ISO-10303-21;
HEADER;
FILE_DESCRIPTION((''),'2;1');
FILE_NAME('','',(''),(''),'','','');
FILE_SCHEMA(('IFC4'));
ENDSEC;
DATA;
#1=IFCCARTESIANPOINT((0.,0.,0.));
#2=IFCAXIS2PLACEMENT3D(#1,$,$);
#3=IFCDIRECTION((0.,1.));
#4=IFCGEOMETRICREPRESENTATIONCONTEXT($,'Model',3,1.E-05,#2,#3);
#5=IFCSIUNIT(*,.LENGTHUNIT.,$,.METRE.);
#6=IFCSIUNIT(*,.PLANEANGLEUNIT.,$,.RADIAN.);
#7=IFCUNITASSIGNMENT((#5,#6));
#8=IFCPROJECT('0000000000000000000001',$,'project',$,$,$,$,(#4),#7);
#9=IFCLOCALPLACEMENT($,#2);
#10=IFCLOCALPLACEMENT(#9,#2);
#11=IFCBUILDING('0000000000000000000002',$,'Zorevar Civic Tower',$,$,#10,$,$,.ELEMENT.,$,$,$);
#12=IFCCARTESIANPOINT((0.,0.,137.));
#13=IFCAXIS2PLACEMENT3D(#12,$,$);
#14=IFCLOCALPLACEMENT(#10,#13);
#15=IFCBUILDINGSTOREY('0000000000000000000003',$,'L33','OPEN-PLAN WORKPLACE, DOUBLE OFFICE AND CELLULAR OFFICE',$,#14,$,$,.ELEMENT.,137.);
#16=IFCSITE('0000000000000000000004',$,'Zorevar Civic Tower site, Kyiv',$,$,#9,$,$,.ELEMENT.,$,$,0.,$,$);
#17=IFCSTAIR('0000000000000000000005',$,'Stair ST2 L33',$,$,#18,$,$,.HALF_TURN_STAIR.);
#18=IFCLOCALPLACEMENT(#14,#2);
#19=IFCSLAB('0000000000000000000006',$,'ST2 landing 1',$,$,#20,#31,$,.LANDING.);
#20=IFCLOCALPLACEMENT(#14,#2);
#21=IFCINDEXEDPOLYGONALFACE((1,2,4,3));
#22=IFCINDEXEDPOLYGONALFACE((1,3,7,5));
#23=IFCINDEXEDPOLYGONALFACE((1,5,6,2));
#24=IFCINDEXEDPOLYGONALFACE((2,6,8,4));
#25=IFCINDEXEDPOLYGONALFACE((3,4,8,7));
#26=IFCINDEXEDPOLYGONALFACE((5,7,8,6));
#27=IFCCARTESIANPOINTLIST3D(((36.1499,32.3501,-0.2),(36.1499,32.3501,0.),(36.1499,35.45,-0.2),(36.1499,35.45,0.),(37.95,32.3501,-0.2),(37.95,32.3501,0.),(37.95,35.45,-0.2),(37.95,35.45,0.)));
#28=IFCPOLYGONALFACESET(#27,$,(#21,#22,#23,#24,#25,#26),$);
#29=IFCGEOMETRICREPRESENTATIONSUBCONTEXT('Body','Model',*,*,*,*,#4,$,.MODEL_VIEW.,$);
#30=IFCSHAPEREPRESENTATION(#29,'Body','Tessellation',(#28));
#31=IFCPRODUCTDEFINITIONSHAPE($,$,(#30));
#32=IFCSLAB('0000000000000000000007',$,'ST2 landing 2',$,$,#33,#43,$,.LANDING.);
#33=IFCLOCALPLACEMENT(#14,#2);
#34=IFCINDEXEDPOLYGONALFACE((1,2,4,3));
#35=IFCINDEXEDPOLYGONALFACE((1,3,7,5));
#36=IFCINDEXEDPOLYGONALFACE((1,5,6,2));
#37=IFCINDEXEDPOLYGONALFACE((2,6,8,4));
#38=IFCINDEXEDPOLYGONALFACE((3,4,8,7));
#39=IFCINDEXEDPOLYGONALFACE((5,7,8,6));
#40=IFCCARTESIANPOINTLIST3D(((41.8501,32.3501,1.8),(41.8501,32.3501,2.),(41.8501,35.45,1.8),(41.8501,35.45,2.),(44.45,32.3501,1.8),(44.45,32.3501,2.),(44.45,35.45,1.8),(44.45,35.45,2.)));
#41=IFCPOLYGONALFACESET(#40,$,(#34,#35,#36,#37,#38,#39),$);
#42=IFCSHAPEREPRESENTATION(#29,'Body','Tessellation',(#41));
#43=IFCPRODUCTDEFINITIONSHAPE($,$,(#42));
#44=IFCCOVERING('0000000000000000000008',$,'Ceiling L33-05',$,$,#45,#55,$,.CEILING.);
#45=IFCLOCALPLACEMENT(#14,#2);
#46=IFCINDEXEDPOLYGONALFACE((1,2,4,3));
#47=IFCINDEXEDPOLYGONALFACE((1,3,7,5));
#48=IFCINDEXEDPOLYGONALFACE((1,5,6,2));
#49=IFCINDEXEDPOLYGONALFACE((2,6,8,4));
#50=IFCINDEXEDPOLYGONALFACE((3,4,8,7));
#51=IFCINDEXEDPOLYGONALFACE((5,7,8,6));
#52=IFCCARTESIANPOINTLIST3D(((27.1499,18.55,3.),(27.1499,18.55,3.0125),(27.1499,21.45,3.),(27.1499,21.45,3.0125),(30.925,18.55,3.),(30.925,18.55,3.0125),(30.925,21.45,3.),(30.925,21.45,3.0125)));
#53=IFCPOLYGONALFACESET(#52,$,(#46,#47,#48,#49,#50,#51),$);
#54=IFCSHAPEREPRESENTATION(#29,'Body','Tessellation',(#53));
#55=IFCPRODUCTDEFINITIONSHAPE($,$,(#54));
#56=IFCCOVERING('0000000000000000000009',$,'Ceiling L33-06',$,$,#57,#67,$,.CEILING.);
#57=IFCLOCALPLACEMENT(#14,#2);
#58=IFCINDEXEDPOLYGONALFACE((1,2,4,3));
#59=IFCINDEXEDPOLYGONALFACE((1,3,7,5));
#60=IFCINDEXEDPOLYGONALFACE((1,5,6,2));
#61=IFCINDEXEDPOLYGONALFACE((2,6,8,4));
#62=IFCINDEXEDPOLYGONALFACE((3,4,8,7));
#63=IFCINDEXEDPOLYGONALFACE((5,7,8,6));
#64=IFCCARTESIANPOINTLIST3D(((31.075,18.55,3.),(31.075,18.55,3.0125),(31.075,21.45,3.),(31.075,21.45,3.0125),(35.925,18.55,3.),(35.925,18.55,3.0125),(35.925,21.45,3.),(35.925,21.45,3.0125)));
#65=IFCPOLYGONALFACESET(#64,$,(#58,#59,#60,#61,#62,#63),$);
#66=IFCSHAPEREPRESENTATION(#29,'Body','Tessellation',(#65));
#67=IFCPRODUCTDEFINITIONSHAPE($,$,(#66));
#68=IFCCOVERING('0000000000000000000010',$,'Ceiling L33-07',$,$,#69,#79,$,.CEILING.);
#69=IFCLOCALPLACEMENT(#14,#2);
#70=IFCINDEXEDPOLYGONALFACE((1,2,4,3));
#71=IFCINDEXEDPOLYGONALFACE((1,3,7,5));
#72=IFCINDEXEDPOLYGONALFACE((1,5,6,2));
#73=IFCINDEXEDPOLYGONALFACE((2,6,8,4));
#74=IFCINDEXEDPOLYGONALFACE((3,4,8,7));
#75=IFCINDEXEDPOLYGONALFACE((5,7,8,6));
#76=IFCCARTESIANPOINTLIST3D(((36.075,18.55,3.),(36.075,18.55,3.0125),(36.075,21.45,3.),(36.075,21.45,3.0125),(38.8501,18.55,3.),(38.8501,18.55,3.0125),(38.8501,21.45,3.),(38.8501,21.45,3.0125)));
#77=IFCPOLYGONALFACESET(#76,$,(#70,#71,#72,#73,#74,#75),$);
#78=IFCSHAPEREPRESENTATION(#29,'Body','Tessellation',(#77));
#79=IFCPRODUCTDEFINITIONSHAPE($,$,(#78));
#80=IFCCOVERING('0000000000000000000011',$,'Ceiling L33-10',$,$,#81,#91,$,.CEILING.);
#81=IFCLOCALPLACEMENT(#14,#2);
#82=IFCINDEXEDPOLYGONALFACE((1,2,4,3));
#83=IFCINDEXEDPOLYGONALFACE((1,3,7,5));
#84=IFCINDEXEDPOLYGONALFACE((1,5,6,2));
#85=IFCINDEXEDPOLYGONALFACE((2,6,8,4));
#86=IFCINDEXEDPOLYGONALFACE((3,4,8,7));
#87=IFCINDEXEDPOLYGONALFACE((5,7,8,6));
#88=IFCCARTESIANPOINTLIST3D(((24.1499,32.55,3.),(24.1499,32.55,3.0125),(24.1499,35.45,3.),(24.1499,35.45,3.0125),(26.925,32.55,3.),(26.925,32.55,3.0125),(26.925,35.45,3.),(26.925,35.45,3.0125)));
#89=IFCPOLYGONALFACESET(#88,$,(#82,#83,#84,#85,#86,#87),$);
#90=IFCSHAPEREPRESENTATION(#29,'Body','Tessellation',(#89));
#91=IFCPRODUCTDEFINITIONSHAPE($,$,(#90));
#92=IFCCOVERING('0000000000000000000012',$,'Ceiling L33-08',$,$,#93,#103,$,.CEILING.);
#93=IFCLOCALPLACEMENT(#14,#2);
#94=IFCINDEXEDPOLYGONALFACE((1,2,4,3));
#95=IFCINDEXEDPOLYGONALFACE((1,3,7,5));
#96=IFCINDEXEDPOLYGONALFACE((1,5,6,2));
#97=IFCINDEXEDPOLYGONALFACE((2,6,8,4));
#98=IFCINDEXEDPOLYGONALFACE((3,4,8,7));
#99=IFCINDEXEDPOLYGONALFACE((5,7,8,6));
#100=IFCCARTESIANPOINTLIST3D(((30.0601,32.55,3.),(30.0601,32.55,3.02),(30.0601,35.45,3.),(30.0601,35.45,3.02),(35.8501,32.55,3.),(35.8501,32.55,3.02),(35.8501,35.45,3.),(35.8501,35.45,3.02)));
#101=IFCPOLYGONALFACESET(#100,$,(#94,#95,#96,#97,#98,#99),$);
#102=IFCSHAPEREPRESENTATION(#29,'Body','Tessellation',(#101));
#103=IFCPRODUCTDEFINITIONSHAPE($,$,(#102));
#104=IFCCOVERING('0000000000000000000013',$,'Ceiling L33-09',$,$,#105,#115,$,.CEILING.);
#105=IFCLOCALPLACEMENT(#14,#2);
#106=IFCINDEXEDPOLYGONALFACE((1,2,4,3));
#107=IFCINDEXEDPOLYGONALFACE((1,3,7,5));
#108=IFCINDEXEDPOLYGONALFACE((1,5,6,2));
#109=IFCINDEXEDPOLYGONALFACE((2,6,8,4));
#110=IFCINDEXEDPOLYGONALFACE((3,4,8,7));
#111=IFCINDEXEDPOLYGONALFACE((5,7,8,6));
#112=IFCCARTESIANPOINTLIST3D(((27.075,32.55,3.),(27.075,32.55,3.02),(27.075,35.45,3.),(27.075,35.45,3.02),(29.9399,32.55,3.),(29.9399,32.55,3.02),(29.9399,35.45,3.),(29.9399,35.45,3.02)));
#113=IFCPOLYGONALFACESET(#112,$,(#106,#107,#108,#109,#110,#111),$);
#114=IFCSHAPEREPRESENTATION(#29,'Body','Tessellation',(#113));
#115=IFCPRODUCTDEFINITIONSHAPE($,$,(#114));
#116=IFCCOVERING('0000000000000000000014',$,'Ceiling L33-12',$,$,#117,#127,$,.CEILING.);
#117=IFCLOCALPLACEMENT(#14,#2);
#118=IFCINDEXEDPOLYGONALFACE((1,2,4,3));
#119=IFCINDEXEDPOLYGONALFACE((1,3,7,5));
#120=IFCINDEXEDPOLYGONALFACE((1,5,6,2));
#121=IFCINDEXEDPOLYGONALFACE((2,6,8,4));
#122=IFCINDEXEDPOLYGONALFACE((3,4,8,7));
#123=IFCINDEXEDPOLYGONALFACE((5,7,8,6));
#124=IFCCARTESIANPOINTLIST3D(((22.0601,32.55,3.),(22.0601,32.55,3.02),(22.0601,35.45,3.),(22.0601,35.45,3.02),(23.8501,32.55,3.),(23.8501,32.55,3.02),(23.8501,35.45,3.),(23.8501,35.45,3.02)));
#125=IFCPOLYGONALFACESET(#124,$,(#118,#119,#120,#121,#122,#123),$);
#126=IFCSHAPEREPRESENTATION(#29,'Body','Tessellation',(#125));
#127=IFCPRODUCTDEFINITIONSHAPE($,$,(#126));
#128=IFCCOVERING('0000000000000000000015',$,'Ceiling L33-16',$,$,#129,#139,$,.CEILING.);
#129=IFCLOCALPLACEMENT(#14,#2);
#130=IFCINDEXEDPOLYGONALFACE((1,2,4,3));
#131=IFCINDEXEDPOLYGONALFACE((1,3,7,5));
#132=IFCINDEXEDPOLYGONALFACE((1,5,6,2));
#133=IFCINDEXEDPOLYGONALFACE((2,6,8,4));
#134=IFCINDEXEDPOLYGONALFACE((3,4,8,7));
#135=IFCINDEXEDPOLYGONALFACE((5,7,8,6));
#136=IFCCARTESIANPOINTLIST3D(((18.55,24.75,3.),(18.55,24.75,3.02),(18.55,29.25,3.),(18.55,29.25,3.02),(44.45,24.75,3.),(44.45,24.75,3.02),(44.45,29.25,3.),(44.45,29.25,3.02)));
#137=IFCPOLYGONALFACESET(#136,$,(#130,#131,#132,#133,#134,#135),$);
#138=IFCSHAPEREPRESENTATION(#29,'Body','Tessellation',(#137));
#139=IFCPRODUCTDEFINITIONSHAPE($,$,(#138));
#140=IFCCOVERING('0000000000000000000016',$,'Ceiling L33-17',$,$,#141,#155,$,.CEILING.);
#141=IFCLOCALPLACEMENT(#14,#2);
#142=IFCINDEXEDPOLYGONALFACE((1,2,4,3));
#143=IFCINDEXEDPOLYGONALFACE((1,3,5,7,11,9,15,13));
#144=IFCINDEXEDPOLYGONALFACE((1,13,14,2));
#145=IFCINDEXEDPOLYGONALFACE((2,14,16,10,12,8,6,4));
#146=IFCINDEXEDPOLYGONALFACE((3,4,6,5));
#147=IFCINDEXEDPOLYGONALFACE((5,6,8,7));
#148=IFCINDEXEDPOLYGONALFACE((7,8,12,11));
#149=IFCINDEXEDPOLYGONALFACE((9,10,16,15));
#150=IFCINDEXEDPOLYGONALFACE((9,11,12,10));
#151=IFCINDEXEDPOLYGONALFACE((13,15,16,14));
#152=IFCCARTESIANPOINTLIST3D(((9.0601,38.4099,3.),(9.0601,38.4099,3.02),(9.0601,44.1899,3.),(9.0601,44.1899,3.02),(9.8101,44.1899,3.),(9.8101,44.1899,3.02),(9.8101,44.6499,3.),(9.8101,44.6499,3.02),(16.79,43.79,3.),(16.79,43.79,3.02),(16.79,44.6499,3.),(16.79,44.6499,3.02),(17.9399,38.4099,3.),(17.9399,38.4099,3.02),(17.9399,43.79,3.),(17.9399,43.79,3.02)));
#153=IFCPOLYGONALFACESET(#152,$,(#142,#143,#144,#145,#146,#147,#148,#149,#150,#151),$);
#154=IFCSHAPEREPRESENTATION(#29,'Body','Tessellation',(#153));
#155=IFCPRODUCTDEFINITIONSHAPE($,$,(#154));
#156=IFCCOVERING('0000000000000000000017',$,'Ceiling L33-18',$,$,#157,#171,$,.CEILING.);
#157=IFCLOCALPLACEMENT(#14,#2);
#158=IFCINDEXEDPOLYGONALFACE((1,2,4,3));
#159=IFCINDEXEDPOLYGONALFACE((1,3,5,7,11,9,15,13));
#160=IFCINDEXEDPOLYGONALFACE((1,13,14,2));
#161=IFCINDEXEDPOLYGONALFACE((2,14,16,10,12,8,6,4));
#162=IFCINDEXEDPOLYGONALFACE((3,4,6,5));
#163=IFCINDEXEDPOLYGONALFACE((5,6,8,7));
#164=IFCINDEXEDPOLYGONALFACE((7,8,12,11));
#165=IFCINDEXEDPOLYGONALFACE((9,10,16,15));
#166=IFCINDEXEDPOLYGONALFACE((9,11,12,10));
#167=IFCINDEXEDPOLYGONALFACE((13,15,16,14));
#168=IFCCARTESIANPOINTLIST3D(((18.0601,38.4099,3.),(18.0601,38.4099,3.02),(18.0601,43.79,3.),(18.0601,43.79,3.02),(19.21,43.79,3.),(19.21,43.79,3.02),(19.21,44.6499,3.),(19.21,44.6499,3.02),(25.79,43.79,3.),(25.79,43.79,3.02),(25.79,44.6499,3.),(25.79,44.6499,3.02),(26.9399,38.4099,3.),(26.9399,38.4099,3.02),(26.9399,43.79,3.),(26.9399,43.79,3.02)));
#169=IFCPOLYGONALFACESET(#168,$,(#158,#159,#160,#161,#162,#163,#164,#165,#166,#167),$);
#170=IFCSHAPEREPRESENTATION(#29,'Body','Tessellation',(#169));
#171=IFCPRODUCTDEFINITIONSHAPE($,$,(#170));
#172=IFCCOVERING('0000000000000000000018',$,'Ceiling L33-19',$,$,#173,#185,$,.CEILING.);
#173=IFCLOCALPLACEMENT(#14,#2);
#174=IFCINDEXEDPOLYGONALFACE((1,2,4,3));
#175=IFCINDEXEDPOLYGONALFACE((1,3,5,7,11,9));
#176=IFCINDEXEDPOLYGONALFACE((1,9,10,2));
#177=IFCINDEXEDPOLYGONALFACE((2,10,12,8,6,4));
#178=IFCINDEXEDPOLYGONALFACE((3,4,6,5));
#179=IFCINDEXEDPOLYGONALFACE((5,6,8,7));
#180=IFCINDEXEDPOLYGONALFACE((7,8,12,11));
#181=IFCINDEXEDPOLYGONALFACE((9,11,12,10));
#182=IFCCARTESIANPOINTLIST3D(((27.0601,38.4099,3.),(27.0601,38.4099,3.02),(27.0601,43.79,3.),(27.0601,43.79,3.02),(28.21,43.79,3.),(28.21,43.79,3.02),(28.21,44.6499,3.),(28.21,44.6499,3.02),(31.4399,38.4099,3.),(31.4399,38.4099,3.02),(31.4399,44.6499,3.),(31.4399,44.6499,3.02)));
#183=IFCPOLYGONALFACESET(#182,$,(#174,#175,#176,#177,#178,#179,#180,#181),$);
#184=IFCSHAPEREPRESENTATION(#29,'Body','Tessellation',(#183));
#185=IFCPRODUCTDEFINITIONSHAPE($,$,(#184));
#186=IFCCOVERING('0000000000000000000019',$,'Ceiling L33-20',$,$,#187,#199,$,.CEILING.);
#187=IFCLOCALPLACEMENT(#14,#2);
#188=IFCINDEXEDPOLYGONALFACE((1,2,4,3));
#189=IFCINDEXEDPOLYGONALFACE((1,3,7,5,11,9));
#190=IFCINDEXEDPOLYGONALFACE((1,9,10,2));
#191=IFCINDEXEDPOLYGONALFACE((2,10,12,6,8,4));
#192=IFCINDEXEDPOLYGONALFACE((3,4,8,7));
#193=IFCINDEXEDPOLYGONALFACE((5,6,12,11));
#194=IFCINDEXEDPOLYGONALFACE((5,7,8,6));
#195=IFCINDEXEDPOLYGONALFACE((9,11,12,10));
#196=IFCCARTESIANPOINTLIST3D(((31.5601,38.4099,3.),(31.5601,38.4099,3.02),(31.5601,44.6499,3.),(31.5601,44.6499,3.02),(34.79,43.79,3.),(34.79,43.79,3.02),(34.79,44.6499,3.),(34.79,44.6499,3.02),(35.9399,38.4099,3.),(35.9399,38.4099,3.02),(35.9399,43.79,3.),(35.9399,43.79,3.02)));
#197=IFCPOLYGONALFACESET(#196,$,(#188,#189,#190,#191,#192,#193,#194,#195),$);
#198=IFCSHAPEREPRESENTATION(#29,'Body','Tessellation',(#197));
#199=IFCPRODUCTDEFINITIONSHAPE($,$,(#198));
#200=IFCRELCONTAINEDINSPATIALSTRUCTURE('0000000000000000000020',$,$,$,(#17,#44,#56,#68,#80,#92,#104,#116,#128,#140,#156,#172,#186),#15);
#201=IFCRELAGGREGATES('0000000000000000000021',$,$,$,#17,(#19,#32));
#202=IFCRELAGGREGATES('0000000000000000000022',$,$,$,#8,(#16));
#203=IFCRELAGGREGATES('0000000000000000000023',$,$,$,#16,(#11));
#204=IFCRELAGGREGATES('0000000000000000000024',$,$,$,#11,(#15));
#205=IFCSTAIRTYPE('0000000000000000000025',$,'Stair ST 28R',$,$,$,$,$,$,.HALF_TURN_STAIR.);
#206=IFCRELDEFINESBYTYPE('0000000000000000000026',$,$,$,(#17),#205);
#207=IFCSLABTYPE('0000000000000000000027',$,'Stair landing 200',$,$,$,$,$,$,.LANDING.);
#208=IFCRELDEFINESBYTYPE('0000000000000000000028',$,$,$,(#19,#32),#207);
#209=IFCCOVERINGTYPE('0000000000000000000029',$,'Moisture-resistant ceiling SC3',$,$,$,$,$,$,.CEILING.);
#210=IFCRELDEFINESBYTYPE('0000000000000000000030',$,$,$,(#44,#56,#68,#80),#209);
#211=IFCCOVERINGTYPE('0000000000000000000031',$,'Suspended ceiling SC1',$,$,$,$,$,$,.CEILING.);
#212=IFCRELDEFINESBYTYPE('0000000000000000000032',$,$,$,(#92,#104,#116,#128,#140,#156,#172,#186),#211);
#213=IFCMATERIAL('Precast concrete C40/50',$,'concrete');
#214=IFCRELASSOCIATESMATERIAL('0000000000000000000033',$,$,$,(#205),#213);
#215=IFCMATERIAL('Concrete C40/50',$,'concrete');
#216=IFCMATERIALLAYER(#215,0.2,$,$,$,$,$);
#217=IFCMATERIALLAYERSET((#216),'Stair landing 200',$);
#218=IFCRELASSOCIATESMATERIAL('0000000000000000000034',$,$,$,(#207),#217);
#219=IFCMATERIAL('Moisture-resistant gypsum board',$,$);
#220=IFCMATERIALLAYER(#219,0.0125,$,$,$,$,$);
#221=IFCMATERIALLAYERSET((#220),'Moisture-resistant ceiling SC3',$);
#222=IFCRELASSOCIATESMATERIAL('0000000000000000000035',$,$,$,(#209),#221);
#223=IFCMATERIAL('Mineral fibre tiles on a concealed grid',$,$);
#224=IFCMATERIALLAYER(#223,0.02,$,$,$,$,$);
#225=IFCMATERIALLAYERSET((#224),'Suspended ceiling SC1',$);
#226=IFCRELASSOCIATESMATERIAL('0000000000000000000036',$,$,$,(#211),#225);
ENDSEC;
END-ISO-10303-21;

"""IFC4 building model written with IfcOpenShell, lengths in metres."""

from ifc_helpers import new_model, si_unit, direction, frame, origin, place, context, subcontext, project, spatial, polyline, outline, extrude, material, layer, layer_set, type_object, element, aggregate, save


model = new_model("IFC4")

# Units and contexts
model_context = context("Model", 3, precision=1e-05, world=origin(), true_north=direction((0.0, 1.0)))
body_context = subcontext(model_context, "Body", "Model", "MODEL_VIEW")
ifc_project = project(units=[si_unit("LENGTHUNIT", "METRE"), si_unit("PLANEANGLEUNIT", "RADIAN")], contexts=[model_context])

# Site, building, storey
site_placement = place(None, origin())
site = spatial("IfcSite", under=ifc_project, at=site_placement, Name="Zorevar Civic Tower site, Kyiv", CompositionType="ELEMENT", RefElevation=0.0)
building_placement = place(site_placement, origin())
building = spatial("IfcBuilding", under=site, at=building_placement, Name="Zorevar Civic Tower", CompositionType="ELEMENT")
storey_placement = place(building_placement, frame((0.0, 0.0, 137.0)))
storey = spatial("IfcBuildingStorey", under=building, at=storey_placement, Name="L33", Description="OPEN-PLAN WORKPLACE, DOUBLE OFFICE AND CELLULAR OFFICE", CompositionType="ELEMENT", Elevation=137.0)

# Stair, slabs
ifc_material_1 = material(Name="Precast concrete C40/50", Category="concrete")
stair_type = type_object("IfcStairType", Name="Stair ST 28R", PredefinedType="HALF_TURN_STAIR", material=ifc_material_1)
ifc_material_2 = material(Name="Concrete C40/50", Category="concrete")
ifc_layer_1 = layer(ifc_material_2, 0.2)
ifc_layer_set_1 = layer_set([ifc_layer_1], Name="Stair landing 200")
slab_type_1 = type_object("IfcSlabType", Name="Stair landing 200", PredefinedType="LANDING", material=ifc_layer_set_1)
stair_1_placement = place(storey_placement, origin())
stair_1 = element("IfcStair", 1, at=stair_1_placement, inside=storey, type_object=stair_type, Name="Stair ST2 L33", PredefinedType="HALF_TURN_STAIR")
slab_1_placement = place(storey_placement, frame((0.0, 0.0, -0.2)))
slab_1 = element("IfcSlab", 2, at=slab_1_placement, type_object=slab_type_1, Name="ST2 landing 1", PredefinedType="LANDING", context=body_context, shape_type="SweptSolid", body=[
    extrude(outline(polyline([(37.95, 32.3501), (36.1499, 32.3501), (36.1499, 35.45), (37.95, 35.45), (37.95, 32.3501)])), origin(), (0.0, 0.0, 1.0), 0.2),
])
slab_2_placement = place(storey_placement, frame((0.0, 0.0, 1.8)))
slab_2 = element("IfcSlab", 3, at=slab_2_placement, type_object=slab_type_1, Name="ST2 landing 2", PredefinedType="LANDING", context=body_context, shape_type="SweptSolid", body=[
    extrude(outline(polyline([(44.45, 32.3501), (41.8501, 32.3501), (41.8501, 35.45), (44.45, 35.45), (44.45, 32.3501)])), origin(), (0.0, 0.0, 1.0), 0.2),
])
aggregate(stair_1, [slab_1, slab_2])

# Coverings
ifc_material_3 = material(Name="Moisture-resistant gypsum board")
ifc_layer_2 = layer(ifc_material_3, 0.0125)
ifc_layer_set_2 = layer_set([ifc_layer_2], Name="Moisture-resistant ceiling SC3")
covering_type_1 = type_object("IfcCoveringType", Name="Moisture-resistant ceiling SC3", PredefinedType="CEILING", material=ifc_layer_set_2)
covering_1_placement = place(storey_placement, frame((0.0, 0.0, 3.0)))
element("IfcCovering", 4, at=covering_1_placement, inside=storey, type_object=covering_type_1, Name="Ceiling L33-05", PredefinedType="CEILING", context=body_context, shape_type="SweptSolid", body=[
    extrude(outline(polyline([(30.925, 18.55), (30.925, 21.45), (27.1499, 21.45), (27.1499, 18.55), (30.925, 18.55)])), origin(), (0.0, 0.0, 1.0), 0.0125),
])
covering_2_placement = place(storey_placement, frame((0.0, 0.0, 3.0)))
element("IfcCovering", 5, at=covering_2_placement, inside=storey, type_object=covering_type_1, Name="Ceiling L33-06", PredefinedType="CEILING", context=body_context, shape_type="SweptSolid", body=[
    extrude(outline(polyline([(35.925, 18.55), (35.925, 21.45), (31.075, 21.45), (31.075, 18.55), (35.925, 18.55)])), origin(), (0.0, 0.0, 1.0), 0.0125),
])
covering_3_placement = place(storey_placement, frame((0.0, 0.0, 3.0)))
element("IfcCovering", 6, at=covering_3_placement, inside=storey, type_object=covering_type_1, Name="Ceiling L33-07", PredefinedType="CEILING", context=body_context, shape_type="SweptSolid", body=[
    extrude(outline(polyline([(38.8501, 18.55), (38.8501, 21.45), (36.075, 21.45), (36.075, 18.55), (38.8501, 18.55)])), origin(), (0.0, 0.0, 1.0), 0.0125),
])
covering_4_placement = place(storey_placement, frame((0.0, 0.0, 3.0)))
element("IfcCovering", 7, at=covering_4_placement, inside=storey, type_object=covering_type_1, Name="Ceiling L33-10", PredefinedType="CEILING", context=body_context, shape_type="SweptSolid", body=[
    extrude(outline(polyline([(26.925, 32.55), (26.925, 35.45), (24.1499, 35.45), (24.1499, 32.55), (26.925, 32.55)])), origin(), (0.0, 0.0, 1.0), 0.0125),
])
ifc_material_4 = material(Name="Mineral fibre tiles on a concealed grid")
ifc_layer_3 = layer(ifc_material_4, 0.02)
ifc_layer_set_3 = layer_set([ifc_layer_3], Name="Suspended ceiling SC1")
covering_type_2 = type_object("IfcCoveringType", Name="Suspended ceiling SC1", PredefinedType="CEILING", material=ifc_layer_set_3)
covering_5_placement = place(storey_placement, frame((0.0, 0.0, 3.0)))
element("IfcCovering", 8, at=covering_5_placement, inside=storey, type_object=covering_type_2, Name="Ceiling L33-08", PredefinedType="CEILING", context=body_context, shape_type="SweptSolid", body=[
    extrude(outline(polyline([(35.8501, 32.55), (35.8501, 35.45), (30.0601, 35.45), (30.0601, 32.55), (35.8501, 32.55)])), origin(), (0.0, 0.0, 1.0), 0.02),
])
covering_6_placement = place(storey_placement, frame((0.0, 0.0, 3.0)))
element("IfcCovering", 9, at=covering_6_placement, inside=storey, type_object=covering_type_2, Name="Ceiling L33-09", PredefinedType="CEILING", context=body_context, shape_type="SweptSolid", body=[
    extrude(outline(polyline([(29.9399, 32.55), (29.9399, 35.45), (27.075, 35.45), (27.075, 32.55), (29.9399, 32.55)])), origin(), (0.0, 0.0, 1.0), 0.02),
])
covering_7_placement = place(storey_placement, frame((0.0, 0.0, 3.0)))
element("IfcCovering", 10, at=covering_7_placement, inside=storey, type_object=covering_type_2, Name="Ceiling L33-12", PredefinedType="CEILING", context=body_context, shape_type="SweptSolid", body=[
    extrude(outline(polyline([(23.8501, 32.55), (23.8501, 35.45), (22.0601, 35.45), (22.0601, 32.55), (23.8501, 32.55)])), origin(), (0.0, 0.0, 1.0), 0.02),
])
covering_8_placement = place(storey_placement, frame((0.0, 0.0, 3.0)))
element("IfcCovering", 11, at=covering_8_placement, inside=storey, type_object=covering_type_2, Name="Ceiling L33-16", PredefinedType="CEILING", context=body_context, shape_type="SweptSolid", body=[
    extrude(outline(polyline([(44.45, 24.75), (44.45, 29.25), (18.55, 29.25), (18.55, 24.75), (44.45, 24.75)])), origin(), (0.0, 0.0, 1.0), 0.02),
])
covering_9_placement = place(storey_placement, frame((0.0, 0.0, 3.0)))
element("IfcCovering", 12, at=covering_9_placement, inside=storey, type_object=covering_type_2, Name="Ceiling L33-17", PredefinedType="CEILING", context=body_context, shape_type="SweptSolid", body=[
    extrude(outline(polyline([(9.8101, 44.1899), (9.8101, 44.6499), (16.79, 44.6499), (16.79, 43.79), (17.9399, 43.79), (17.9399, 38.4099), (9.0601, 38.4099), (9.0601, 44.1899), (9.8101, 44.1899)])), origin(), (0.0, 0.0, 1.0), 0.02),
])
covering_10_placement = place(storey_placement, frame((0.0, 0.0, 3.0)))
element("IfcCovering", 13, at=covering_10_placement, inside=storey, type_object=covering_type_2, Name="Ceiling L33-18", PredefinedType="CEILING", context=body_context, shape_type="SweptSolid", body=[
    extrude(outline(polyline([(19.21, 43.79), (19.21, 44.6499), (25.79, 44.6499), (25.79, 43.79), (26.9399, 43.79), (26.9399, 38.4099), (18.0601, 38.4099), (18.0601, 43.79), (19.21, 43.79)])), origin(), (0.0, 0.0, 1.0), 0.02),
])
covering_11_placement = place(storey_placement, frame((0.0, 0.0, 3.0)))
element("IfcCovering", 14, at=covering_11_placement, inside=storey, type_object=covering_type_2, Name="Ceiling L33-19", PredefinedType="CEILING", context=body_context, shape_type="SweptSolid", body=[
    extrude(outline(polyline([(27.0601, 38.4099), (27.0601, 43.79), (28.21, 43.79), (28.21, 44.6499), (31.4399, 44.6499), (31.4399, 38.4099), (27.0601, 38.4099)])), origin(), (0.0, 0.0, 1.0), 0.02),
])
covering_12_placement = place(storey_placement, frame((0.0, 0.0, 3.0)))
element("IfcCovering", 15, at=covering_12_placement, inside=storey, type_object=covering_type_2, Name="Ceiling L33-20", PredefinedType="CEILING", context=body_context, shape_type="SweptSolid", body=[
    extrude(outline(polyline([(31.5601, 38.4099), (31.5601, 44.6499), (34.79, 44.6499), (34.79, 43.79), (35.9399, 43.79), (35.9399, 38.4099), (31.5601, 38.4099)])), origin(), (0.0, 0.0, 1.0), 0.02),
])

save(model, "model.ifc")
